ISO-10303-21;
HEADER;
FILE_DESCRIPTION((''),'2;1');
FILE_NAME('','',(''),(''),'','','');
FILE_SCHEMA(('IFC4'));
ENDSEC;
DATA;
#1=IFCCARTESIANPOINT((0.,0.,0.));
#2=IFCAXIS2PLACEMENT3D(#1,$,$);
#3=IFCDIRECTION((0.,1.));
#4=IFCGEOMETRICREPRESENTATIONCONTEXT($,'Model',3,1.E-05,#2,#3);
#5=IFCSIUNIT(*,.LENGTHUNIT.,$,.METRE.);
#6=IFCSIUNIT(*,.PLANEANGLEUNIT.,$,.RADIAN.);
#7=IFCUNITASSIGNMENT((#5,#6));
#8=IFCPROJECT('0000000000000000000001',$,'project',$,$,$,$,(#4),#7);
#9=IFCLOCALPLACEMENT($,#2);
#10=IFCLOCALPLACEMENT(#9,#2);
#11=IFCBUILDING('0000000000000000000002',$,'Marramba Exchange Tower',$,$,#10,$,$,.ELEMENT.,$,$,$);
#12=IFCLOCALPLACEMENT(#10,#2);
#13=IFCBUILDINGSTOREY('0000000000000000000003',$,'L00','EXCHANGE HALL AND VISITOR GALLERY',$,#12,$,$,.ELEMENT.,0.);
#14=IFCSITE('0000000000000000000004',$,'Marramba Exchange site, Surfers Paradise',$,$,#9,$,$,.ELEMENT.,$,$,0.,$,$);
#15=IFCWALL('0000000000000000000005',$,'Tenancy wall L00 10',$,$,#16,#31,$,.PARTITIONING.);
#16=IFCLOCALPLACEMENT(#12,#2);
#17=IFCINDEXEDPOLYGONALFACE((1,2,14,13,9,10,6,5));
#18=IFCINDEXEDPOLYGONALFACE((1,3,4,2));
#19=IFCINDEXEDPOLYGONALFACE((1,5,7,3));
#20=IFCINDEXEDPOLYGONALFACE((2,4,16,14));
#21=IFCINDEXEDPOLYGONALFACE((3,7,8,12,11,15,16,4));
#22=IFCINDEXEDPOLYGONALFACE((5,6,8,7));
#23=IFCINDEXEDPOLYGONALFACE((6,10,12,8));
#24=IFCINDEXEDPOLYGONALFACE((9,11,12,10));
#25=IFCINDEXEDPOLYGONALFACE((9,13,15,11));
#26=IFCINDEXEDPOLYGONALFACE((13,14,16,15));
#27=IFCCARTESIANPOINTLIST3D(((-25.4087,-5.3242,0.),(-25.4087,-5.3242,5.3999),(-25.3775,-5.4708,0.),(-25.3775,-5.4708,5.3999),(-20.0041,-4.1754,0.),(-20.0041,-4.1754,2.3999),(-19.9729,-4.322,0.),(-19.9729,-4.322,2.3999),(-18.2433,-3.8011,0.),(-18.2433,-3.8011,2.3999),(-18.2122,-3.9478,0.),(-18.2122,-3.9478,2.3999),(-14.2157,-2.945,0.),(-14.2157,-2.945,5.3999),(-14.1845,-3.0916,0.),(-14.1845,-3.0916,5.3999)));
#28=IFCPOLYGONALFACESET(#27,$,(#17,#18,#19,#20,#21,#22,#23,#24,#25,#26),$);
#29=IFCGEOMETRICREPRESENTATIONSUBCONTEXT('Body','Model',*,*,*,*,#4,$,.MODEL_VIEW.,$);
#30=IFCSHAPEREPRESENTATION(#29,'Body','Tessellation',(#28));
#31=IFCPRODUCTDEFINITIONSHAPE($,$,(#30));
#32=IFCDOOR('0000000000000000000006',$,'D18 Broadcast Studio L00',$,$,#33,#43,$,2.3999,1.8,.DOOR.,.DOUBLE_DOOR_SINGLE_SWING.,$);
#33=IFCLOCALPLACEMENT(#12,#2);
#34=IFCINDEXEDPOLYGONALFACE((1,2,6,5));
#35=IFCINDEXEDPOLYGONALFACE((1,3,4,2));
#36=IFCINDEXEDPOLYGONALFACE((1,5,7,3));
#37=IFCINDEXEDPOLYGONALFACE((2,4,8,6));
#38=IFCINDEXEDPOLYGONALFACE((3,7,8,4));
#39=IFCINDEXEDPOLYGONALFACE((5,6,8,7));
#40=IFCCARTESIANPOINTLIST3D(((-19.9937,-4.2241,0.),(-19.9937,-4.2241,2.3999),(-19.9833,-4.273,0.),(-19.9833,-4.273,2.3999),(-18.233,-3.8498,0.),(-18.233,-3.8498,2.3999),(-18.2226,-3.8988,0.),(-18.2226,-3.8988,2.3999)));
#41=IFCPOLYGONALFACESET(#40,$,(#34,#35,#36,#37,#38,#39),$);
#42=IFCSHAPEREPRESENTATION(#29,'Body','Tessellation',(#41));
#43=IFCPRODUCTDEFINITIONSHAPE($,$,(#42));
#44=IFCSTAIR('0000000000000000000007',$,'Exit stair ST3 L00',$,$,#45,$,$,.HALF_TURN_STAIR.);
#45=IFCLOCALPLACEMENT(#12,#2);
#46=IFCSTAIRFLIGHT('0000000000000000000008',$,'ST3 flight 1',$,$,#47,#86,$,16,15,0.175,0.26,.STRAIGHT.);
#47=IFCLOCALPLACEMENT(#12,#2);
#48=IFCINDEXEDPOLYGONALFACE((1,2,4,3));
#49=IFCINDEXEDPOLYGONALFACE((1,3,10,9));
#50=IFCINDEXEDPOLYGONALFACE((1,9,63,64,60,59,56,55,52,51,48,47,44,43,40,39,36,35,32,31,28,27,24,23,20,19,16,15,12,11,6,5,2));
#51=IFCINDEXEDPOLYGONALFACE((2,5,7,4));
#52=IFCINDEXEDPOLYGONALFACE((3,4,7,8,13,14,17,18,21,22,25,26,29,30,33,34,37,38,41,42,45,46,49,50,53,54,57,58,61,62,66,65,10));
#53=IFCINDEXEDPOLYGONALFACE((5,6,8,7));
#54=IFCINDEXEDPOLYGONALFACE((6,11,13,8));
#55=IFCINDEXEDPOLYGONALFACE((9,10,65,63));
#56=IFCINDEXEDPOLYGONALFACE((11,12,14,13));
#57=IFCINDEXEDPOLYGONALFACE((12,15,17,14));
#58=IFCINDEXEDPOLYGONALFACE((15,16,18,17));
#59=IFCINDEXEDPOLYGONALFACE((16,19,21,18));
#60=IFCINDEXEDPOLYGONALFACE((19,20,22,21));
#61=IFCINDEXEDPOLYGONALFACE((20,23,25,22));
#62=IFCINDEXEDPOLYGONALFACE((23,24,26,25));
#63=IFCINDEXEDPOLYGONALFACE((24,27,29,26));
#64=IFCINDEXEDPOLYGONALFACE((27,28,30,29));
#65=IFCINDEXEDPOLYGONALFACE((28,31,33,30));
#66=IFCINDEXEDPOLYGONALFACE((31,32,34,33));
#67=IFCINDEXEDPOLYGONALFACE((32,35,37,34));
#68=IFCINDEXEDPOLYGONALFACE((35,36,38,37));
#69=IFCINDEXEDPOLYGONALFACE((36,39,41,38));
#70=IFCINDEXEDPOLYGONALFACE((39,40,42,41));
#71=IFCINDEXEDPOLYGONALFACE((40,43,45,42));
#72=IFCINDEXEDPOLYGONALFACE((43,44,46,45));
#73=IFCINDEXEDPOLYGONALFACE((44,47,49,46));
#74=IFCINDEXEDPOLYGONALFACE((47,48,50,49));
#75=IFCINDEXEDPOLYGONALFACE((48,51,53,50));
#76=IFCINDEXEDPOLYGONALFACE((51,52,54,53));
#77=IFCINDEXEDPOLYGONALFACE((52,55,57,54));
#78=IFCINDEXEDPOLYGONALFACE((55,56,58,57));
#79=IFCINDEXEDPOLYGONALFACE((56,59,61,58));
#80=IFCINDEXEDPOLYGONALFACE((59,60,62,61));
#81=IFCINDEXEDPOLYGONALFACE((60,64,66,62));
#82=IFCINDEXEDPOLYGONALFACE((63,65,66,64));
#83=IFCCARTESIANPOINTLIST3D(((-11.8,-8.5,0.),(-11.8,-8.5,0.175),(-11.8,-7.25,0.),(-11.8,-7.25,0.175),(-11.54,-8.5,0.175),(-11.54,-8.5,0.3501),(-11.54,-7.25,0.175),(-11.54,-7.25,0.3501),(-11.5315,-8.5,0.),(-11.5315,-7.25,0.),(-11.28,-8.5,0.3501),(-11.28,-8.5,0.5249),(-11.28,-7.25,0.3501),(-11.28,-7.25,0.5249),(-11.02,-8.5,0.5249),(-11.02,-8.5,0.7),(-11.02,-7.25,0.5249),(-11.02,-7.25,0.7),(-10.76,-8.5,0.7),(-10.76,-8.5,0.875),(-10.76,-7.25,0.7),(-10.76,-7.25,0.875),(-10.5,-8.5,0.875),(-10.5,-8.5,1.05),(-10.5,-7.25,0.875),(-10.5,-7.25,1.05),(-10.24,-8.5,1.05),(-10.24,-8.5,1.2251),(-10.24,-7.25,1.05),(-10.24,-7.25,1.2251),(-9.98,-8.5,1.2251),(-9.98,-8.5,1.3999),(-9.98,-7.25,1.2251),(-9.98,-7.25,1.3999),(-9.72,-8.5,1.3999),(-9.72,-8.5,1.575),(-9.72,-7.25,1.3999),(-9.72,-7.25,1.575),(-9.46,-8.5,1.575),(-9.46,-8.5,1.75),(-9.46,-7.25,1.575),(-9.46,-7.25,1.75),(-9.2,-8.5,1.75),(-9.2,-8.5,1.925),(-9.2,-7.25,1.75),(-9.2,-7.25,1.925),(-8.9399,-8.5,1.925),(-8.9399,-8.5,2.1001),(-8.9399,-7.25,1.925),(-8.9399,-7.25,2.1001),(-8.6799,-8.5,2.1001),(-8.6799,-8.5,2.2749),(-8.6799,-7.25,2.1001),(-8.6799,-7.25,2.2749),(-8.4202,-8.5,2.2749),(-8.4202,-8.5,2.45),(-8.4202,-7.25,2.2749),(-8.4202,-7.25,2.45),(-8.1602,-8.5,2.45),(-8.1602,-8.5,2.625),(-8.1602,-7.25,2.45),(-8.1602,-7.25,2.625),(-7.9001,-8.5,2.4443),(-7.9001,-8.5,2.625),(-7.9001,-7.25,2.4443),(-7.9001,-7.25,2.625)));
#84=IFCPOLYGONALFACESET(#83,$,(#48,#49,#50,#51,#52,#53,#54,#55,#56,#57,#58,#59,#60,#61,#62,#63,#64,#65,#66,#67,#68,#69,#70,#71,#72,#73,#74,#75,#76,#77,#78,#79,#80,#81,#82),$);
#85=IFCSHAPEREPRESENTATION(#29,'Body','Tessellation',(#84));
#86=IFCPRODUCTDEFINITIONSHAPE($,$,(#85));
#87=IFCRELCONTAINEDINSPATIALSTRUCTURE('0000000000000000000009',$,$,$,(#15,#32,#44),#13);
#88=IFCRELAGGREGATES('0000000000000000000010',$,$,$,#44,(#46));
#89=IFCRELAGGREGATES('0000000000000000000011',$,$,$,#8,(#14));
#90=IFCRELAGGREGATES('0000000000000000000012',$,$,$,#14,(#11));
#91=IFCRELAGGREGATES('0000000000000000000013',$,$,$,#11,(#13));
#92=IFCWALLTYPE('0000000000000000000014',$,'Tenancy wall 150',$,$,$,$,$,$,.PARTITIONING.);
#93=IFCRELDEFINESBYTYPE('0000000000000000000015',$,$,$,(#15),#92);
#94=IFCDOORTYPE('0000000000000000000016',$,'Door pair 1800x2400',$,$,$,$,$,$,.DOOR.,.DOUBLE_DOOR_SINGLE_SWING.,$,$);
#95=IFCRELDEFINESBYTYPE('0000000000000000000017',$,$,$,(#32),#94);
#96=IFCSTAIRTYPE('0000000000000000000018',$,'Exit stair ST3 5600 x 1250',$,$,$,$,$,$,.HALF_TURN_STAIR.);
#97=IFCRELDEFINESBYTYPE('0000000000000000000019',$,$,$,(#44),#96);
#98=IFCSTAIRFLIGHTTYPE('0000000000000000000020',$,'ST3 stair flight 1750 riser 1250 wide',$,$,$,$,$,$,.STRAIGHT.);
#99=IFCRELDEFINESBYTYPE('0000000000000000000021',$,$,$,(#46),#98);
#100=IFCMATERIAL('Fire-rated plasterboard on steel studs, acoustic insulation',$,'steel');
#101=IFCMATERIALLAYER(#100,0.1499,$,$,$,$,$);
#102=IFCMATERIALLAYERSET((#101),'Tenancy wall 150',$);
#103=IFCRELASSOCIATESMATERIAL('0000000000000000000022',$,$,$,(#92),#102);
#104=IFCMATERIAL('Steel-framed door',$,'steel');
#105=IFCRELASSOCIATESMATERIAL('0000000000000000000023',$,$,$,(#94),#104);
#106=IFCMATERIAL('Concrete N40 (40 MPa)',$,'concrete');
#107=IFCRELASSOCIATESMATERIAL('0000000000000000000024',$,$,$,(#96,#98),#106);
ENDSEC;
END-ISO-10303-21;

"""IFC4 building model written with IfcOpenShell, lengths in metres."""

from ifc_helpers import new_model, si_unit, direction, frame, frame_2d, origin, place, context, subcontext, project, spatial, polyline, rectangle, outline, extrude, material, layer, layer_set, type_object, element, fill, aggregate, save


model = new_model("IFC4")

# Units and contexts
model_context = context("Model", 3, precision=1e-05, world=origin(), true_north=direction((0.0, 1.0)))
body_context = subcontext(model_context, "Body", "Model", "MODEL_VIEW")
ifc_project = project(units=[si_unit("LENGTHUNIT", "METRE"), si_unit("PLANEANGLEUNIT", "RADIAN")], contexts=[model_context])

# Site, building, storey
site_placement = place(None, origin())
site = spatial("IfcSite", under=ifc_project, at=site_placement, Name="Marramba Exchange site, Surfers Paradise", CompositionType="ELEMENT", RefElevation=0.0)
building_placement = place(site_placement, origin())
building = spatial("IfcBuilding", under=site, at=building_placement, Name="Marramba Exchange Tower", CompositionType="ELEMENT")
storey_placement = place(building_placement, origin())
storey = spatial("IfcBuildingStorey", under=building, at=storey_placement, Name="L00", Description="EXCHANGE HALL AND VISITOR GALLERY", CompositionType="ELEMENT", Elevation=0.0)

# Shared definitions
ifc_material_1 = material(Name="Steel-framed door", Category="steel")

# Wall, opening, door
ifc_material_2 = material(Name="Fire-rated plasterboard on steel studs, acoustic insulation", Category="steel")
ifc_layer_1 = layer(ifc_material_2, 0.1499)
ifc_layer_set_1 = layer_set([ifc_layer_1], Name="Tenancy wall 150")
wall_type_1 = type_object("IfcWallType", Name="Tenancy wall 150", PredefinedType="PARTITIONING", material=ifc_layer_set_1)
wall_1_placement = place(storey_placement, frame((-14.2, -3.0183, 0.0), z_axis=(0.0, 0.0, 1.0), x_axis=(-0.978148, -0.20791, 0.0)))
wall_1 = element("IfcWall", 1, at=wall_1_placement, inside=storey, type_object=wall_type_1, Name="Tenancy wall L00 10", PredefinedType="PARTITIONING", context=body_context, shape_type="SweptSolid", body=[
    extrude(rectangle(XDim=11.4431, YDim=0.1499, at=frame_2d((5.7217, 0.0))), origin(), (0.0, 0.0, 1.0), 5.3999),
])
opening_1_placement = place(wall_1_placement, frame((4.1179, 0.0, 0.0)))
opening_1 = element("IfcOpeningElement", 2, at=opening_1_placement, cuts=wall_1, PredefinedType="OPENING", context=body_context, shape_type="SweptSolid", body=[
    extrude(rectangle(XDim=1.8, YDim=2.3999, at=frame_2d((0.8999, 1.2))), frame((0.0, 0.085, 0.0), z_axis=(0.0, -1.0, 0.0), x_axis=(1.0, 0.0, 0.0)), (0.0, 0.0, 1.0), 0.1699),
])
door_type_1 = type_object("IfcDoorType", Name="Door pair 1800x2400", OperationType="DOUBLE_DOOR_SINGLE_SWING", PredefinedType="DOOR", material=ifc_material_1)
door_1_placement = place(opening_1_placement, frame((1.8, 0.0, 0.0), z_axis=(0.0, 0.0, 1.0), x_axis=(-1.0, 0.0, 0.0)))
door_1 = element("IfcDoor", 3, at=door_1_placement, inside=storey, type_object=door_type_1, Name="D18 Broadcast Studio L00", OperationType="DOUBLE_DOOR_SINGLE_SWING", OverallHeight=2.3999, OverallWidth=1.8, PredefinedType="DOOR", context=body_context, shape_type="SweptSolid", body=[
    extrude(rectangle(XDim=1.8, YDim=2.3999, at=frame_2d((0.9001, 1.2))), frame((0.0, 0.0251, 0.0), z_axis=(0.0, -1.0, 0.0), x_axis=(1.0, 0.0, 0.0)), (0.0, 0.0, 1.0), 0.05),
])
fill(opening_1, door_1)

# Stair, stair flight
ifc_material_3 = material(Name="Concrete N40 (40 MPa)", Category="concrete")
stair_type = type_object("IfcStairType", Name="Exit stair ST3 5600 x 1250", PredefinedType="HALF_TURN_STAIR", material=ifc_material_3)
stair_placement = place(storey_placement, origin())
stair = element("IfcStair", 4, at=stair_placement, inside=storey, type_object=stair_type, Name="Exit stair ST3 L00", PredefinedType="HALF_TURN_STAIR")
stair_flight_type = type_object("IfcStairFlightType", Name="ST3 stair flight 1750 riser 1250 wide", PredefinedType="STRAIGHT", material=ifc_material_3)
stair_flight_placement = place(storey_placement, frame((-11.8, -7.875, 0.0), z_axis=(0.0, 0.0, 1.0), x_axis=(1.0, 0.0, 0.0)))
stair_flight = element("IfcStairFlight", 5, at=stair_flight_placement, type_object=stair_flight_type, Name="ST3 flight 1", NumberOfRisers=16, NumberOfTreads=15, PredefinedType="STRAIGHT", RiserHeight=0.175, TreadLength=0.26, context=body_context, shape_type="SweptSolid", body=[
    extrude(outline(polyline([(0.0, 0.0), (0.0, 0.175), (0.26, 0.175), (0.26, 0.3501), (0.52, 0.3501), (0.52, 0.5249), (0.78, 0.5249), (0.78, 0.7), (1.04, 0.7), (1.04, 0.875), (1.3, 0.875), (1.3, 1.05), (1.5601, 1.05), (1.5601, 1.2251), (1.8201, 1.2251), (1.8201, 1.3999), (2.0801, 1.3999), (2.0801, 1.575), (2.3401, 1.575), (2.3401, 1.75), (2.6001, 1.75), (2.6001, 1.925), (2.8601, 1.925), (2.8601, 2.1001), (3.1201, 2.1001), (3.1201, 2.2749), (3.3799, 2.2749), (3.3799, 2.45), (3.6399, 2.45), (3.6399, 2.625), (3.8999, 2.625), (3.8999, 2.8), (3.8999, 2.4443), (0.2686, 0.0), (0.0, 0.0)])), frame((0.0, 0.625, 0.0), z_axis=(0.0, -1.0, 0.0), x_axis=(1.0, 0.0, 0.0)), (0.0, 0.0, 1.0), 1.25),
])
aggregate(stair, [stair_flight])

save(model, "model.ifc")
